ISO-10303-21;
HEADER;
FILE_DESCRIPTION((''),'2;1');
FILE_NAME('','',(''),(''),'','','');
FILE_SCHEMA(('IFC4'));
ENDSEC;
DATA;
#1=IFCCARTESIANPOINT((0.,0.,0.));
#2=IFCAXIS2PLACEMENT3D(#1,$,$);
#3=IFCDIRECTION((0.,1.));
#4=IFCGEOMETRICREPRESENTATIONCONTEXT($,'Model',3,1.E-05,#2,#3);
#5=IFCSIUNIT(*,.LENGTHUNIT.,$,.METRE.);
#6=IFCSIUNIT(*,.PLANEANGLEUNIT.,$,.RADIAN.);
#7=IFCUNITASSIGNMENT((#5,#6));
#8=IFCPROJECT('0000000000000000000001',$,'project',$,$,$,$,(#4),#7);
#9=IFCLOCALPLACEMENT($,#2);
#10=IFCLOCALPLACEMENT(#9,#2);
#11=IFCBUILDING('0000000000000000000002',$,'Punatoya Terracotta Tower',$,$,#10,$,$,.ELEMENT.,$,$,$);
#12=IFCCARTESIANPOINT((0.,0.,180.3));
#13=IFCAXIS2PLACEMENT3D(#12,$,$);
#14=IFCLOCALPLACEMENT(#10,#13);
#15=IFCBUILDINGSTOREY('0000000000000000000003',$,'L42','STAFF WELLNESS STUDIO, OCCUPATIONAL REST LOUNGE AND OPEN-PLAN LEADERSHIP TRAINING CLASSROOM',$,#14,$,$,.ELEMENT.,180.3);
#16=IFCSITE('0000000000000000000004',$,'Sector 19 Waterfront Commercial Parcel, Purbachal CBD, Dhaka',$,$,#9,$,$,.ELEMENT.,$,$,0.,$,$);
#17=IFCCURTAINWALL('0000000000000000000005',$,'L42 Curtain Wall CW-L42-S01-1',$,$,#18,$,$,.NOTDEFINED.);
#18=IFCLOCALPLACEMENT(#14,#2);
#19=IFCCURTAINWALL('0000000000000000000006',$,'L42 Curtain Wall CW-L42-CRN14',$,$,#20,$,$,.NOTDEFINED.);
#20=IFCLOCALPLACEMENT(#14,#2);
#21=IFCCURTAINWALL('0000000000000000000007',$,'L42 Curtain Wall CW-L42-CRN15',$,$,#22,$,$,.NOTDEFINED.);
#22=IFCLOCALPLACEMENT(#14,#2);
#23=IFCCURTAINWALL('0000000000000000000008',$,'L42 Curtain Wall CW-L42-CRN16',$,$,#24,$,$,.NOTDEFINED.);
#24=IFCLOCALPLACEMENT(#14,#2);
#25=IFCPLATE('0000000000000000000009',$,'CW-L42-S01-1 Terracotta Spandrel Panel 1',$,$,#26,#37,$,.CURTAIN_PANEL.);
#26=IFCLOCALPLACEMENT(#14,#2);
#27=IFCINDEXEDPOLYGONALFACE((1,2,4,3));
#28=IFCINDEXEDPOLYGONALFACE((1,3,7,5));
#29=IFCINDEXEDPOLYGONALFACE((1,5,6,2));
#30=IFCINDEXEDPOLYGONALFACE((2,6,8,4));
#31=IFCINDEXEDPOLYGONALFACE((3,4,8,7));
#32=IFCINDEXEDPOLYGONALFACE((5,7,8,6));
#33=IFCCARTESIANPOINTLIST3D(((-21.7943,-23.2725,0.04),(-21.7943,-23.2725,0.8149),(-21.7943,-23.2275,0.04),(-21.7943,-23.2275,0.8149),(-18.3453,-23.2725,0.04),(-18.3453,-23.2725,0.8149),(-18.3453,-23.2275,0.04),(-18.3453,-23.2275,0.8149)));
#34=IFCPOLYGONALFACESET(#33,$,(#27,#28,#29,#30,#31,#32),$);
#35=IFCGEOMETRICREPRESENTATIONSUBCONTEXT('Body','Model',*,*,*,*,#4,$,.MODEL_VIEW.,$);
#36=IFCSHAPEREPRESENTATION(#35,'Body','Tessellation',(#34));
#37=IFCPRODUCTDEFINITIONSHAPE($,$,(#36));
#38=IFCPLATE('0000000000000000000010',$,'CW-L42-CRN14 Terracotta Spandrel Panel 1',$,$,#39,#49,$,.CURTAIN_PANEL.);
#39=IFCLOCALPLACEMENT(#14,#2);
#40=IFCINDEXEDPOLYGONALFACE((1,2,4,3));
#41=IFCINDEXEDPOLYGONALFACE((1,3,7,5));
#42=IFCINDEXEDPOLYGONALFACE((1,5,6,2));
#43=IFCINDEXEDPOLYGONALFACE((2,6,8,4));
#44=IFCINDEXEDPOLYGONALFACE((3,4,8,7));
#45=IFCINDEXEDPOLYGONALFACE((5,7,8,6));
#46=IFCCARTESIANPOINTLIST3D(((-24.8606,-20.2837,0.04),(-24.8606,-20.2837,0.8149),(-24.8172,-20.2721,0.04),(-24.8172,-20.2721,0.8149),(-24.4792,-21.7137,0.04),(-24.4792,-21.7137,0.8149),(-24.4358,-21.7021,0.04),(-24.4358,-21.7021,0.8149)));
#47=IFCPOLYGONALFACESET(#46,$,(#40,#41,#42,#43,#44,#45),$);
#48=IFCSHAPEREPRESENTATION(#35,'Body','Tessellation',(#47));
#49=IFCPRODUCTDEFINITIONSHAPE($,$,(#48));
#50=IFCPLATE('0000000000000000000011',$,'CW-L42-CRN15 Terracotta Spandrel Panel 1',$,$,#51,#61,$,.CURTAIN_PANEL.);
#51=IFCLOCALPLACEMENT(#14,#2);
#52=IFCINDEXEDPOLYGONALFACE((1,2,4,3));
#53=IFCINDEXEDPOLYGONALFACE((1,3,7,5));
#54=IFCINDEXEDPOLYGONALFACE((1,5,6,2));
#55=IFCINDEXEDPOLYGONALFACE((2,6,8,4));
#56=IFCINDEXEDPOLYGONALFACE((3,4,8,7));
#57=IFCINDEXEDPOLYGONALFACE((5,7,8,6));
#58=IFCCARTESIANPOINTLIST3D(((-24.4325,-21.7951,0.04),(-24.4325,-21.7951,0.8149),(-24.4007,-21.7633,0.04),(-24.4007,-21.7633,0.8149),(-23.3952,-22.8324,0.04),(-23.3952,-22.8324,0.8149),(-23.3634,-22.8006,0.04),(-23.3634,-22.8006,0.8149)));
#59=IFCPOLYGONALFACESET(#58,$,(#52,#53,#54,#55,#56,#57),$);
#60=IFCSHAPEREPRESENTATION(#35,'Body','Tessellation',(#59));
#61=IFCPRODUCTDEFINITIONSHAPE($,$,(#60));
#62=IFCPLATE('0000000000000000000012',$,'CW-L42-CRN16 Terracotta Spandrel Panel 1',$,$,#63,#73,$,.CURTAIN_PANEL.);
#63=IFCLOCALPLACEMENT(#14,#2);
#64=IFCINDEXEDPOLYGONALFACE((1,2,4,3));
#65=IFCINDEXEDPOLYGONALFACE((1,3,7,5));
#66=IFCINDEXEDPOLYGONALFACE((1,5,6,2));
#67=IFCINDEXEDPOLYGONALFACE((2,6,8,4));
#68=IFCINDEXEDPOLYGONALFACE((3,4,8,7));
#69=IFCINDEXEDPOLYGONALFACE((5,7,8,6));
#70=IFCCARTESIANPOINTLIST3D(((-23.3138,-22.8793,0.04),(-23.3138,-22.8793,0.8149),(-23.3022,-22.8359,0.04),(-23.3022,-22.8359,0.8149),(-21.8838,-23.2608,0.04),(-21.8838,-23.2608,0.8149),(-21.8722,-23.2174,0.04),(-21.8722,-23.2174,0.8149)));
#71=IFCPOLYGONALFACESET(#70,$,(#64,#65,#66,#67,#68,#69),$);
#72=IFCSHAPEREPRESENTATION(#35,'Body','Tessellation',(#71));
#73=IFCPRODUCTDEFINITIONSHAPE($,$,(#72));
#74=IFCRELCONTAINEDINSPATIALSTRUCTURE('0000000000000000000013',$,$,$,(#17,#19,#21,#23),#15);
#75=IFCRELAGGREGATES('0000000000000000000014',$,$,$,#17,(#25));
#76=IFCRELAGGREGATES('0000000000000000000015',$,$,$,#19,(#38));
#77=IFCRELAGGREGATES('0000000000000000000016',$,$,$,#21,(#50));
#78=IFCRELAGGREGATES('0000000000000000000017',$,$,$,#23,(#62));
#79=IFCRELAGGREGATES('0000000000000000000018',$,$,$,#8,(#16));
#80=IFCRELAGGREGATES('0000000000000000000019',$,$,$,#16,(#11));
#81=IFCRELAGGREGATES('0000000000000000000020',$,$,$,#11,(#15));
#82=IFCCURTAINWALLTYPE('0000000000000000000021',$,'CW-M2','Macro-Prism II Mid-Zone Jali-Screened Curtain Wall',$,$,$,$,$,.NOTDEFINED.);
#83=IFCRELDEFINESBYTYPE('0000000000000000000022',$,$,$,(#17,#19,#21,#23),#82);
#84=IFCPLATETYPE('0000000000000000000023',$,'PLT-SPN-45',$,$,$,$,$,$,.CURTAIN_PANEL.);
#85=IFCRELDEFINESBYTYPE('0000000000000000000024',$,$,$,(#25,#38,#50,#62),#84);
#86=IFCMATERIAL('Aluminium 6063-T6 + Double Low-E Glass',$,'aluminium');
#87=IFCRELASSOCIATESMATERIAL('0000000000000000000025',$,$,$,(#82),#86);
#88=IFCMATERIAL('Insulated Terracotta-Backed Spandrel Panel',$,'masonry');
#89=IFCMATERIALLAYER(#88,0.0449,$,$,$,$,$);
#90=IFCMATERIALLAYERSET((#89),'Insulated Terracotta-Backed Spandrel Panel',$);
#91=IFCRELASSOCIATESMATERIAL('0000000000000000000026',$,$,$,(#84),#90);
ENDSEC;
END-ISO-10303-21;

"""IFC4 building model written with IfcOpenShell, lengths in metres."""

from ifc_helpers import new_model, si_unit, direction, frame, origin, origin_2d, place, context, subcontext, project, spatial, rectangle, extrude, material, layer, layer_set, type_object, element, aggregate, save


model = new_model("IFC4")

# Units and contexts
model_context = context("Model", 3, precision=1e-05, world=origin(), true_north=direction((0.0, 1.0)))
body_context = subcontext(model_context, "Body", "Model", "MODEL_VIEW")
ifc_project = project(units=[si_unit("LENGTHUNIT", "METRE"), si_unit("PLANEANGLEUNIT", "RADIAN")], contexts=[model_context])

# Site, building, storey
site_placement = place(None, origin())
site = spatial("IfcSite", under=ifc_project, at=site_placement, Name="Sector 19 Waterfront Commercial Parcel, Purbachal CBD, Dhaka", CompositionType="ELEMENT", RefElevation=0.0)
building_placement = place(site_placement, origin())
building = spatial("IfcBuilding", under=site, at=building_placement, Name="Punatoya Terracotta Tower", CompositionType="ELEMENT")
storey_placement = place(building_placement, frame((0.0, 0.0, 180.3)))
storey = spatial("IfcBuildingStorey", under=building, at=storey_placement, Name="L42", Description="STAFF WELLNESS STUDIO, OCCUPATIONAL REST LOUNGE AND OPEN-PLAN LEADERSHIP TRAINING CLASSROOM", CompositionType="ELEMENT", Elevation=180.3)

# Curtain wall
ifc_material_1 = material(Name="Aluminium 6063-T6 + Double Low-E Glass", Category="aluminium")
curtain_wall_type = type_object("IfcCurtainWallType", Name="CW-M2", Description="Macro-Prism II Mid-Zone Jali-Screened Curtain Wall", PredefinedType="NOTDEFINED", material=ifc_material_1)
curtain_wall_1_placement = place(storey_placement, origin())
curtain_wall_1 = element("IfcCurtainWall", 1, at=curtain_wall_1_placement, inside=storey, type_object=curtain_wall_type, Name="L42 Curtain Wall CW-L42-S01-1", PredefinedType="NOTDEFINED")

# Curtain walls
curtain_wall_2_placement = place(storey_placement, origin())
curtain_wall_2 = element("IfcCurtainWall", 2, at=curtain_wall_2_placement, inside=storey, type_object=curtain_wall_type, Name="L42 Curtain Wall CW-L42-CRN14", PredefinedType="NOTDEFINED")
curtain_wall_3_placement = place(storey_placement, origin())
curtain_wall_3 = element("IfcCurtainWall", 3, at=curtain_wall_3_placement, inside=storey, type_object=curtain_wall_type, Name="L42 Curtain Wall CW-L42-CRN15", PredefinedType="NOTDEFINED")
curtain_wall_4_placement = place(storey_placement, origin())
curtain_wall_4 = element("IfcCurtainWall", 4, at=curtain_wall_4_placement, inside=storey, type_object=curtain_wall_type, Name="L42 Curtain Wall CW-L42-CRN16", PredefinedType="NOTDEFINED")

# Plates
ifc_material_2 = material(Name="Insulated Terracotta-Backed Spandrel Panel", Category="masonry")
ifc_layer_1 = layer(ifc_material_2, 0.0449)
ifc_layer_set_1 = layer_set([ifc_layer_1], Name="Insulated Terracotta-Backed Spandrel Panel")
plate_type_1 = type_object("IfcPlateType", Name="PLT-SPN-45", PredefinedType="CURTAIN_PANEL", material=ifc_layer_set_1)
plate_1_placement = place(storey_placement, frame((-20.0698, -23.25, 0.04), z_axis=(0.0, 0.0, 1.0), x_axis=(1.0, 0.0, 0.0)))
plate_1 = element("IfcPlate", 5, at=plate_1_placement, type_object=plate_type_1, Name="CW-L42-S01-1 Terracotta Spandrel Panel 1", PredefinedType="CURTAIN_PANEL", context=body_context, shape_type="SweptSolid", body=[
    extrude(rectangle(XDim=3.449, YDim=0.0449, at=origin_2d()), origin(), (0.0, 0.0, 1.0), 0.7749),
])
aggregate(curtain_wall_1, [plate_1])
plate_2_placement = place(storey_placement, frame((-24.6482, -20.9929, 0.04), z_axis=(0.0, 0.0, 1.0), x_axis=(0.257742, -0.966214, 0.0)))
plate_2 = element("IfcPlate", 6, at=plate_2_placement, type_object=plate_type_1, Name="CW-L42-CRN14 Terracotta Spandrel Panel 1", PredefinedType="CURTAIN_PANEL", context=body_context, shape_type="SweptSolid", body=[
    extrude(rectangle(XDim=1.48, YDim=0.0449, at=origin_2d()), origin(), (0.0, 0.0, 1.0), 0.7749),
])
aggregate(curtain_wall_2, [plate_2])
plate_3_placement = place(storey_placement, frame((-23.8979, -22.2979, 0.04), z_axis=(0.0, 0.0, 1.0), x_axis=(0.707107, -0.707107, 0.0)))
plate_3 = element("IfcPlate", 7, at=plate_3_placement, type_object=plate_type_1, Name="CW-L42-CRN15 Terracotta Spandrel Panel 1", PredefinedType="CURTAIN_PANEL", context=body_context, shape_type="SweptSolid", body=[
    extrude(rectangle(XDim=1.467, YDim=0.0449, at=origin_2d()), origin(), (0.0, 0.0, 1.0), 0.7749),
])
aggregate(curtain_wall_3, [plate_3])
plate_4_placement = place(storey_placement, frame((-22.593, -23.0483, 0.04), z_axis=(0.0, 0.0, 1.0), x_axis=(0.966214, -0.257742, 0.0)))
plate_4 = element("IfcPlate", 8, at=plate_4_placement, type_object=plate_type_1, Name="CW-L42-CRN16 Terracotta Spandrel Panel 1", PredefinedType="CURTAIN_PANEL", context=body_context, shape_type="SweptSolid", body=[
    extrude(rectangle(XDim=1.48, YDim=0.0449, at=origin_2d()), origin(), (0.0, 0.0, 1.0), 0.7749),
])
aggregate(curtain_wall_4, [plate_4])

save(model, "model.ifc")
